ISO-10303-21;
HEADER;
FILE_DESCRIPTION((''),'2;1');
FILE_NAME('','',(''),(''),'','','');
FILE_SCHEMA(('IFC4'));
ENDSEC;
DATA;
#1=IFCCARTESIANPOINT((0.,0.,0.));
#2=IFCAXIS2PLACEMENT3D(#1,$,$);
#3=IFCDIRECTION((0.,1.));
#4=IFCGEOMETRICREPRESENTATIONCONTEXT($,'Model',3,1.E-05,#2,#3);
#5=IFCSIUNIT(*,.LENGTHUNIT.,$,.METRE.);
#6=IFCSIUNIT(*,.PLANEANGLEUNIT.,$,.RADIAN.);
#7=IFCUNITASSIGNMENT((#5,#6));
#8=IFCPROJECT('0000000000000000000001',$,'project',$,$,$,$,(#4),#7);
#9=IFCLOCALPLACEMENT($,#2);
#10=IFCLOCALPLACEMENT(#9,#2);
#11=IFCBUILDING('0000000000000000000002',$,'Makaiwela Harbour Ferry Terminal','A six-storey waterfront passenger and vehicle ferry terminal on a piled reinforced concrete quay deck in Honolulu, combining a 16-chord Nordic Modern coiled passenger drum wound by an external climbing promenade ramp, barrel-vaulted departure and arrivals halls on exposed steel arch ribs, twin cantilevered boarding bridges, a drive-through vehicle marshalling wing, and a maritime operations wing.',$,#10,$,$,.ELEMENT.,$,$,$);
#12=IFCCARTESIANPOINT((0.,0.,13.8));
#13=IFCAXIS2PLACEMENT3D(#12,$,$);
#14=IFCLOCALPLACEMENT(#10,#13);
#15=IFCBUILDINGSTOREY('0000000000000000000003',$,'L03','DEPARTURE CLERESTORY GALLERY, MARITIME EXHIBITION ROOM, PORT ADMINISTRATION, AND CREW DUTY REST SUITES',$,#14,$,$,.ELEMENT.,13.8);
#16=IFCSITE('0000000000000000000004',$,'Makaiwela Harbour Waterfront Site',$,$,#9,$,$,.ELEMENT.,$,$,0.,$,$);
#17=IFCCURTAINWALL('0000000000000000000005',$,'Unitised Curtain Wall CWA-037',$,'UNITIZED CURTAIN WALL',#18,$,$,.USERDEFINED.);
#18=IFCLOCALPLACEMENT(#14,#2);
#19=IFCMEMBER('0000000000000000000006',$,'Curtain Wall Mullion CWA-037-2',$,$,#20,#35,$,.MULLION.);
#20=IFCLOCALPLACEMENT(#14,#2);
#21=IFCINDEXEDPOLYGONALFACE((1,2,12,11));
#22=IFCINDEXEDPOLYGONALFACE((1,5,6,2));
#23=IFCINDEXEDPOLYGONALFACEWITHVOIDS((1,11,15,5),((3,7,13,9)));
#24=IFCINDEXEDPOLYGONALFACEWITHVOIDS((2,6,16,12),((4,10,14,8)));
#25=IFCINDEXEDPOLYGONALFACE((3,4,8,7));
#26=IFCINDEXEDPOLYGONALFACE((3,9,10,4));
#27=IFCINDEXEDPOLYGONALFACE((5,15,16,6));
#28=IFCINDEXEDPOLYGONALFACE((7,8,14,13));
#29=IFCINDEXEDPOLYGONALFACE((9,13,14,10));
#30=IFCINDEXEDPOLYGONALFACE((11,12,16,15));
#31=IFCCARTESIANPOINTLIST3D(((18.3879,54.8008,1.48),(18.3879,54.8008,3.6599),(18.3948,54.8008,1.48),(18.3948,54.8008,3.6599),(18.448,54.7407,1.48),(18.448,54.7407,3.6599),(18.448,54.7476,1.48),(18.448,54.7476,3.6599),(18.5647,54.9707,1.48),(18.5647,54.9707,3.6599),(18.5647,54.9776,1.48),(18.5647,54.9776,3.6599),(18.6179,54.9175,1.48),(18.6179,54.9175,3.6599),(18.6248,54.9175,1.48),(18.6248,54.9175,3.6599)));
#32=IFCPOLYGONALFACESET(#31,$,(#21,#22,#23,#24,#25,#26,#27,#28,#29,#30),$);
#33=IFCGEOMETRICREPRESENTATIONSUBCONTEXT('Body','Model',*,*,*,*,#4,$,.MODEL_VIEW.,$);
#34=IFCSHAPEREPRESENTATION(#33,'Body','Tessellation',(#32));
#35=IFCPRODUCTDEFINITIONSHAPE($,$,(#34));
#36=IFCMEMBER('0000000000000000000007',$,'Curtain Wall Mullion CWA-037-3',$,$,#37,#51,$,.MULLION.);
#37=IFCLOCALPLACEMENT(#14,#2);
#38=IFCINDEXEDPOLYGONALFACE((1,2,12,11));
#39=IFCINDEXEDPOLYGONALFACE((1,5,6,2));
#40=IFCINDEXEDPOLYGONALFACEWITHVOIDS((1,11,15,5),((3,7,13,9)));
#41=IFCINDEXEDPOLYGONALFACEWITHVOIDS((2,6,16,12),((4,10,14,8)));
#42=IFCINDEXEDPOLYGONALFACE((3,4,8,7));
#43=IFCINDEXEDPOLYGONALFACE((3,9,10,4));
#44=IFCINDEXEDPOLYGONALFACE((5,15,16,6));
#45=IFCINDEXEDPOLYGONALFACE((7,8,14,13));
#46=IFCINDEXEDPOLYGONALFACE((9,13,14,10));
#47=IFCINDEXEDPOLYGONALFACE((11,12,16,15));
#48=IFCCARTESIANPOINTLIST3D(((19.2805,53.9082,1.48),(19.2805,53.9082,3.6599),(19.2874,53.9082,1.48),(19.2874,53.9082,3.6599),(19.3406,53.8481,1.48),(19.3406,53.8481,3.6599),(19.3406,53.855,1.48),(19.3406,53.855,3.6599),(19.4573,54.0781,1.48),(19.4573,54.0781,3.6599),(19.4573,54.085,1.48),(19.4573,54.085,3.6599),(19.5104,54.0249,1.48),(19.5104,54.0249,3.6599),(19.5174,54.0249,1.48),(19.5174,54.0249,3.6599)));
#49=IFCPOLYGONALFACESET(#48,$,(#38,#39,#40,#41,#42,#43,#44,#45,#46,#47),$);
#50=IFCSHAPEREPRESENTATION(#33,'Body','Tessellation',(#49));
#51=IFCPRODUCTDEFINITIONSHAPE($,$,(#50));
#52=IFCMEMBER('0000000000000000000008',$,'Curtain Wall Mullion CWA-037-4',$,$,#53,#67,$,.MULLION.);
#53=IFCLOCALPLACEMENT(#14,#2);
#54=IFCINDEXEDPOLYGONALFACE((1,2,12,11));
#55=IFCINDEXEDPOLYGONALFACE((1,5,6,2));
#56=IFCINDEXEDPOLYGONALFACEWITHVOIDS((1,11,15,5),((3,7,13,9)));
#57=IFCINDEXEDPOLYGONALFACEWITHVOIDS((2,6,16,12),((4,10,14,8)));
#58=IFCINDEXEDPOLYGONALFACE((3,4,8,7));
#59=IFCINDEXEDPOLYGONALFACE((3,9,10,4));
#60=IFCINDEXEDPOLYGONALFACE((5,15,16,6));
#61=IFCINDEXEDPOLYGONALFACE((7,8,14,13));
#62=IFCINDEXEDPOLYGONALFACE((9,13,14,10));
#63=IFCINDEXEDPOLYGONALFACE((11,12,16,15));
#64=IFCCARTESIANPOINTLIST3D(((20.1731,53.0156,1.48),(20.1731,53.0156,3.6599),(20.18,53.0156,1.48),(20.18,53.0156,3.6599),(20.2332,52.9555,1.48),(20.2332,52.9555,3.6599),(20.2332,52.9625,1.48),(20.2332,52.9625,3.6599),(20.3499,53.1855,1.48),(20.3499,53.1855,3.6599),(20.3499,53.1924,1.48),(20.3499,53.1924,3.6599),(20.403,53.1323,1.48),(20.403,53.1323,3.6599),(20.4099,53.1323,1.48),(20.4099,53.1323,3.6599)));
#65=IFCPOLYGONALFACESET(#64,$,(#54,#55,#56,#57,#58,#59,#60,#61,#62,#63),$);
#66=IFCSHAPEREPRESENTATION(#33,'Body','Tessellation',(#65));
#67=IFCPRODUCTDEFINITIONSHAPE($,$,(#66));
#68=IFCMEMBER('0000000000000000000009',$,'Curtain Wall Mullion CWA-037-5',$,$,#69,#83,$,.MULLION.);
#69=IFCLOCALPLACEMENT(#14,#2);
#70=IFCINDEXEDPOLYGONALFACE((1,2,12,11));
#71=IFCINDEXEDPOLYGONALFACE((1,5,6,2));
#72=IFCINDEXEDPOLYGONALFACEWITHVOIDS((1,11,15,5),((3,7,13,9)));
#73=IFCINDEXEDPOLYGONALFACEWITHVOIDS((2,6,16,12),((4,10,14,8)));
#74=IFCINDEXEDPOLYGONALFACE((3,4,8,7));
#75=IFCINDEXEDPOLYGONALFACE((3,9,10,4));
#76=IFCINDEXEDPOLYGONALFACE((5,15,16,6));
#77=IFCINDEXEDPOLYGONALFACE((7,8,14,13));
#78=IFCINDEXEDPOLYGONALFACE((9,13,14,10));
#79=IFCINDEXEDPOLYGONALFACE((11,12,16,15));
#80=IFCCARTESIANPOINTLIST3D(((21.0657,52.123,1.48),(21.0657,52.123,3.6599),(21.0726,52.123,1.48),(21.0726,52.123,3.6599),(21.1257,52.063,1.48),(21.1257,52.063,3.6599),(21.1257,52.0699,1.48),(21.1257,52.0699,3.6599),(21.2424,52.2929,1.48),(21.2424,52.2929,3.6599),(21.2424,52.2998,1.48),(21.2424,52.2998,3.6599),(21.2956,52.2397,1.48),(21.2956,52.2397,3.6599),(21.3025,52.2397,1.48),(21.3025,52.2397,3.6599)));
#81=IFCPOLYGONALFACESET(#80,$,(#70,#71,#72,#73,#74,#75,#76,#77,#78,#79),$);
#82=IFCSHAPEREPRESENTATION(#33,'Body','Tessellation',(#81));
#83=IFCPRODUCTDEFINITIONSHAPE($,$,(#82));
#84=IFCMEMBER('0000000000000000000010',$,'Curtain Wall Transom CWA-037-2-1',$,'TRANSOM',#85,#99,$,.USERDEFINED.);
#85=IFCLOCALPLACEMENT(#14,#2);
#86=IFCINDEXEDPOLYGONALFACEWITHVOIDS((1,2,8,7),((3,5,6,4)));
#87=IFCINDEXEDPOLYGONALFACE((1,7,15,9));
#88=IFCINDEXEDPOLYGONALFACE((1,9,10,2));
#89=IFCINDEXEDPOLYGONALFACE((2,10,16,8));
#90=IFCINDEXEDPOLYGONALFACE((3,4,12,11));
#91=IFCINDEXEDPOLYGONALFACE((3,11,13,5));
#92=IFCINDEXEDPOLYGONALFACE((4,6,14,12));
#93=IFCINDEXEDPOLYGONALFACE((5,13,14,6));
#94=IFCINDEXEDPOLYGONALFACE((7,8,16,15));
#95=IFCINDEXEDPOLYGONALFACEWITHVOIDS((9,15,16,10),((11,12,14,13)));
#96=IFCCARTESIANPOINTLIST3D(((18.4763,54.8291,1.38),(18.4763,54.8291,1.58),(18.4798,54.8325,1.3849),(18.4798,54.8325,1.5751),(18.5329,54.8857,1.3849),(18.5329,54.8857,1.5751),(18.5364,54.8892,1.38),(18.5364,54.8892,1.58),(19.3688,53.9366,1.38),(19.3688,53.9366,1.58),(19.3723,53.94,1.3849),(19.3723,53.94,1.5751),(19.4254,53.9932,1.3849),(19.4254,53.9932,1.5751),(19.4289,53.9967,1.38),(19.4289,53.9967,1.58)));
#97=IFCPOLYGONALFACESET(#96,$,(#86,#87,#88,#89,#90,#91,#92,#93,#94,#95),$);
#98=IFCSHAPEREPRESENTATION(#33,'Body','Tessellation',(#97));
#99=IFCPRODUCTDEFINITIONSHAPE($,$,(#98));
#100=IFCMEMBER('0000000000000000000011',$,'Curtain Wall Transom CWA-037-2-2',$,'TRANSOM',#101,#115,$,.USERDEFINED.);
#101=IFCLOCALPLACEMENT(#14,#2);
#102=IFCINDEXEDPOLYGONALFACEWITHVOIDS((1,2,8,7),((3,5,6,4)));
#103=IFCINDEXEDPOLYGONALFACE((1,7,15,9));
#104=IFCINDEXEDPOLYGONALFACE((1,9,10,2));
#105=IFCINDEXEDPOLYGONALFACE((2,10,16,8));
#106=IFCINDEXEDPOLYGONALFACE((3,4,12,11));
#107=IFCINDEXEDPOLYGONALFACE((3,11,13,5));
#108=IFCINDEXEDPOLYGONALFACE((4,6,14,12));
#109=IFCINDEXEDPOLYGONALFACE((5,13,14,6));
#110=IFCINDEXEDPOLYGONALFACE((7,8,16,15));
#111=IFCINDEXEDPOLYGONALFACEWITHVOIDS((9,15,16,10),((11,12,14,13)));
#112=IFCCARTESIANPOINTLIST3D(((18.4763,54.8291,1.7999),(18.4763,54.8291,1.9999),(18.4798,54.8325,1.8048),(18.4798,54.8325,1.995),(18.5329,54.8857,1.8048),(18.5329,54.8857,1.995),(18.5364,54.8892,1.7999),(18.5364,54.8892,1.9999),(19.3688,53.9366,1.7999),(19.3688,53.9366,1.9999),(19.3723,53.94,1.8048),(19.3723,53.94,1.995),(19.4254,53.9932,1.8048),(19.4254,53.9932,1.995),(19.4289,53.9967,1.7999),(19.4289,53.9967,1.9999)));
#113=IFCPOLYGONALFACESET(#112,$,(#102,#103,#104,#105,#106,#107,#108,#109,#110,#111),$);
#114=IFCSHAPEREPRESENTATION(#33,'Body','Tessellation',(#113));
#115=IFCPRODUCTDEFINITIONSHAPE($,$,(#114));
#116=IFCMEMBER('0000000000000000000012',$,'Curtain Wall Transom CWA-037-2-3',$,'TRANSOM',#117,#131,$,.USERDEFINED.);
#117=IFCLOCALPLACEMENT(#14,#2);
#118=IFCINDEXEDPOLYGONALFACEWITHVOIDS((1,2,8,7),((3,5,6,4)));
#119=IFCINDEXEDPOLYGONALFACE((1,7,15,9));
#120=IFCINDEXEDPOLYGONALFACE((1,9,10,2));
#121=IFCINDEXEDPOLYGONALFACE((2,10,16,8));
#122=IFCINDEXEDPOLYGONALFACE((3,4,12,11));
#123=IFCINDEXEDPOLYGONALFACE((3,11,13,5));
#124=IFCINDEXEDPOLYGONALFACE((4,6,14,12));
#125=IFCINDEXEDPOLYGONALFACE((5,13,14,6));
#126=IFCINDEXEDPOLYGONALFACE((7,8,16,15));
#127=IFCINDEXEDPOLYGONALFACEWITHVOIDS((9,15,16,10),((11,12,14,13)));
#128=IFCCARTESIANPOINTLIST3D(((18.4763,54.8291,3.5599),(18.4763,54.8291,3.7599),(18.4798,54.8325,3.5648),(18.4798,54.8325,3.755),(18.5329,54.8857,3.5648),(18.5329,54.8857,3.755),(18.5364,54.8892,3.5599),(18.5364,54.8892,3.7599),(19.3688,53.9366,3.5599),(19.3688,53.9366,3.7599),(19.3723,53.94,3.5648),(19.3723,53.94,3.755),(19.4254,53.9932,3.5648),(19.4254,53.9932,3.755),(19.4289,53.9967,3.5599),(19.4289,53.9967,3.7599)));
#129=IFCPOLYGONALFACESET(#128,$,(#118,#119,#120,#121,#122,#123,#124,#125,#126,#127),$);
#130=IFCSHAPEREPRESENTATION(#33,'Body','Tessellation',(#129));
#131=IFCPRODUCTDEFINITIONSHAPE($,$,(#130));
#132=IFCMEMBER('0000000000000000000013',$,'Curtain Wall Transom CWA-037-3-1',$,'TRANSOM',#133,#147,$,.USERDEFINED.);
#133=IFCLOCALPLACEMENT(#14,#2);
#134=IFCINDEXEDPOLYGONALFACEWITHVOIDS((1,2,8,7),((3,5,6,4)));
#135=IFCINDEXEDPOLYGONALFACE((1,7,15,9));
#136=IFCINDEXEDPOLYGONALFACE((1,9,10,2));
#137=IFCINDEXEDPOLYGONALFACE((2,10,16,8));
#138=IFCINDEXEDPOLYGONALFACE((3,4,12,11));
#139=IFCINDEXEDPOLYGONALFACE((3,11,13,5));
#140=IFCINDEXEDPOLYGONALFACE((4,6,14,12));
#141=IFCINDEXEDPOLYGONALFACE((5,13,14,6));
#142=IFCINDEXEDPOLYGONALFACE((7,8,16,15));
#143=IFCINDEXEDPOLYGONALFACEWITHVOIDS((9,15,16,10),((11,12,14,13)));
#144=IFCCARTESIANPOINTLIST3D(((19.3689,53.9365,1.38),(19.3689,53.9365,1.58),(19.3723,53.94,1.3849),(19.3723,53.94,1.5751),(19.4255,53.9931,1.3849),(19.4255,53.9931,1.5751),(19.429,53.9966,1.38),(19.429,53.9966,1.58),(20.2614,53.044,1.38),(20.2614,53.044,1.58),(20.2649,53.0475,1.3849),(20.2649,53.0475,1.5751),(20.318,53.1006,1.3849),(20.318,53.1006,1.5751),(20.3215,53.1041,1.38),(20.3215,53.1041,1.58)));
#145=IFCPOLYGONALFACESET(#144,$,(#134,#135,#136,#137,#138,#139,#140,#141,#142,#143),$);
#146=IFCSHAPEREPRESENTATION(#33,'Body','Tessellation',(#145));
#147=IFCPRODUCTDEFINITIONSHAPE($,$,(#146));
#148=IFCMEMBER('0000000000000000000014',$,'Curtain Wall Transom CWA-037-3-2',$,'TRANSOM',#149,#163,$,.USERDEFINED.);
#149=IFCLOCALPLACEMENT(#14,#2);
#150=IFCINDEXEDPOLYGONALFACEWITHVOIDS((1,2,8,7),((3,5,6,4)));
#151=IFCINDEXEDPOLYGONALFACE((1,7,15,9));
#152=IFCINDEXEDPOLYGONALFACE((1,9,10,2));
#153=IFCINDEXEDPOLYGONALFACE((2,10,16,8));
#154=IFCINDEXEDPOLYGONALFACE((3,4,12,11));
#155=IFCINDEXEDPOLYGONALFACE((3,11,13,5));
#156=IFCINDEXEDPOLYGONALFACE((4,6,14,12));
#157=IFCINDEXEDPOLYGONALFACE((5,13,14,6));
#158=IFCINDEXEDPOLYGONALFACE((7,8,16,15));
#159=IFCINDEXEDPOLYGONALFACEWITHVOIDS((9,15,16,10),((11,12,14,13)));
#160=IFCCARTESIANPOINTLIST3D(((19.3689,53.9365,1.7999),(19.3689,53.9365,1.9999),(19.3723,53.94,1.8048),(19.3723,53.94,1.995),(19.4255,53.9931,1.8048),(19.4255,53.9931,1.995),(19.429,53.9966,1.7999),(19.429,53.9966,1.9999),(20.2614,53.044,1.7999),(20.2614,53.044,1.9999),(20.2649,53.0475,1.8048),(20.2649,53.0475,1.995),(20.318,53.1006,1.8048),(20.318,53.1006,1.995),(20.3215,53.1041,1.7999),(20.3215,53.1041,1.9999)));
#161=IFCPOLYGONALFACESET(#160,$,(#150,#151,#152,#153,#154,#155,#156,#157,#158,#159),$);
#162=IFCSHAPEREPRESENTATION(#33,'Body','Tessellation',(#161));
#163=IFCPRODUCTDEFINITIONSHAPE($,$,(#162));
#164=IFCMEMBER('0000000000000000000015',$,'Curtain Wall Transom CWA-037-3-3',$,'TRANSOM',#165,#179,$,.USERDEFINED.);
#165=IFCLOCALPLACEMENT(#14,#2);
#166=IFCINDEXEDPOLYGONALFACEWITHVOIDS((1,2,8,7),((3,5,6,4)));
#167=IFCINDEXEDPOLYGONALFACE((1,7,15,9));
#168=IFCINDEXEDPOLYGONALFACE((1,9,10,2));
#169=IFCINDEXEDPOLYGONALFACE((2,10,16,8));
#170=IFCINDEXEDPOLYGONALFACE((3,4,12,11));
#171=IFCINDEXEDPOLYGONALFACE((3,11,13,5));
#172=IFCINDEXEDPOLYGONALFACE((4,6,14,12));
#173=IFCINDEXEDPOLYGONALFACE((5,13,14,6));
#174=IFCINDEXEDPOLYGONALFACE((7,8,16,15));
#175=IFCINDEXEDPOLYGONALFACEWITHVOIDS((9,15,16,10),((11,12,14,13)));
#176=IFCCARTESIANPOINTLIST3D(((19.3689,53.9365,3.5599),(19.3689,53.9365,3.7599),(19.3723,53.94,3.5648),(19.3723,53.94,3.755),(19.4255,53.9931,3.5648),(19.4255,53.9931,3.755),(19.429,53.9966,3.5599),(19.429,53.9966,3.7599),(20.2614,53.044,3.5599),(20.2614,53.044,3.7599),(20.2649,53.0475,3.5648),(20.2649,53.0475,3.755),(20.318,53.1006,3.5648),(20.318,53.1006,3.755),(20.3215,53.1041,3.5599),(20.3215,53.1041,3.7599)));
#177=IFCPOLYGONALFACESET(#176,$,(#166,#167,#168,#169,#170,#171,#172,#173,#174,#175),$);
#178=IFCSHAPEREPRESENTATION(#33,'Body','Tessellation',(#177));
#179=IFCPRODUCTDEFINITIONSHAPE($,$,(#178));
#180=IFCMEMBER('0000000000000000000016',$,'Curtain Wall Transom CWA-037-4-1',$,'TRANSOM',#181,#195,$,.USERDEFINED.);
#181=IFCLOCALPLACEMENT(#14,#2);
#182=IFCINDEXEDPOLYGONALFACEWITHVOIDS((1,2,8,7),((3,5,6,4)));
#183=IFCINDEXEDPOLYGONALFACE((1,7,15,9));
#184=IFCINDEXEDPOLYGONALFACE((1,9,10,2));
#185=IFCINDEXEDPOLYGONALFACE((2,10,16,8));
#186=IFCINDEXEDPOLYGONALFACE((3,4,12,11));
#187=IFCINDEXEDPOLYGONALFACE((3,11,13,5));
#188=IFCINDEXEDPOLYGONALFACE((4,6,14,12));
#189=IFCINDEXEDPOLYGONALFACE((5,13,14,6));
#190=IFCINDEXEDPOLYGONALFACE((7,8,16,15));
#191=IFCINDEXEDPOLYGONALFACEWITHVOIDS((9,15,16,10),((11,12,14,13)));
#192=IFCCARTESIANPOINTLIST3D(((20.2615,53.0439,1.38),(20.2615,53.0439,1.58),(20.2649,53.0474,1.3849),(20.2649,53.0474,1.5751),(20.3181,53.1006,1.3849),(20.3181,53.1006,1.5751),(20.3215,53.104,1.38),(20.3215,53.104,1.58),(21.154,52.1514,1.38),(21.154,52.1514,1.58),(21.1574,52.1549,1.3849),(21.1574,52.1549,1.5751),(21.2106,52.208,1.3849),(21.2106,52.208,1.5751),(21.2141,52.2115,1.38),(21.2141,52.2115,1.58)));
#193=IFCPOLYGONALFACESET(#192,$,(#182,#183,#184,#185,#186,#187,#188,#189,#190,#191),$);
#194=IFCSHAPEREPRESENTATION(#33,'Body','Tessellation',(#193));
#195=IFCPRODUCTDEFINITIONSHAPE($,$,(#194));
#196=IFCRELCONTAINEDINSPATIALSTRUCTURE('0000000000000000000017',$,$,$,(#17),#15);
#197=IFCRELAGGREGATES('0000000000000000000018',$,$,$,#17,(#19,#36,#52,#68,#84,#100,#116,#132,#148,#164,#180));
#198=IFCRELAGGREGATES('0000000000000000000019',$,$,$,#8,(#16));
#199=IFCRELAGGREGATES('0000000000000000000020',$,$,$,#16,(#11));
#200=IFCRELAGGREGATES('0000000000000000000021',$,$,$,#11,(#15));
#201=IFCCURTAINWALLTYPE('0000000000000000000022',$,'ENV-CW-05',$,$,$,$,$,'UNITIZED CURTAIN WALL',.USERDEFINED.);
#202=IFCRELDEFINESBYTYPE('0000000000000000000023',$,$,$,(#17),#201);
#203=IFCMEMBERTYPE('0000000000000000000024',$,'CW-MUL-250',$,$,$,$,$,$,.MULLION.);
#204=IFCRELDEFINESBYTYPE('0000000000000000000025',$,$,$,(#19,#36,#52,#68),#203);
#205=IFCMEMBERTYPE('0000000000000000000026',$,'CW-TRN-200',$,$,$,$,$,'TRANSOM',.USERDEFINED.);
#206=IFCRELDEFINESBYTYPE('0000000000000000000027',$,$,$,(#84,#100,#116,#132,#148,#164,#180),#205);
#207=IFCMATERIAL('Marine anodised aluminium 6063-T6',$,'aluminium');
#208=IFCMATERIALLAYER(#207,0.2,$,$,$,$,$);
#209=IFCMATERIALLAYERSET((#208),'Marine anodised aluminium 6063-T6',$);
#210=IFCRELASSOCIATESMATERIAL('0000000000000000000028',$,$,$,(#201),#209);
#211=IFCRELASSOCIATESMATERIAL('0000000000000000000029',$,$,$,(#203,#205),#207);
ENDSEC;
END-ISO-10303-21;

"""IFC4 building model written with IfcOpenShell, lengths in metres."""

from ifc_helpers import new_model, si_unit, direction, frame, origin, origin_2d, place, context, subcontext, project, spatial, hollow_rectangle, extrude, material, layer, layer_set, material_profile, profile_set, type_object, element, aggregate, save


model = new_model("IFC4")

# Units and contexts
model_context = context("Model", 3, precision=1e-05, world=origin(), true_north=direction((0.0, 1.0)))
body_context = subcontext(model_context, "Body", "Model", "MODEL_VIEW")
ifc_project = project(units=[si_unit("LENGTHUNIT", "METRE"), si_unit("PLANEANGLEUNIT", "RADIAN")], contexts=[model_context])

# Site, building, storey
site_placement = place(None, origin())
site = spatial("IfcSite", under=ifc_project, at=site_placement, Name="Makaiwela Harbour Waterfront Site", CompositionType="ELEMENT", RefElevation=0.0)
building_placement = place(site_placement, origin())
building = spatial("IfcBuilding", under=site, at=building_placement, Name="Makaiwela Harbour Ferry Terminal", Description="A six-storey waterfront passenger and vehicle ferry terminal on a piled reinforced concrete quay deck in Honolulu, combining a 16-chord Nordic Modern coiled passenger drum wound by an external climbing promenade ramp, barrel-vaulted departure and arrivals halls on exposed steel arch ribs, twin cantilevered boarding bridges, a drive-through vehicle marshalling wing, and a maritime operations wing.", CompositionType="ELEMENT")
storey_placement = place(building_placement, frame((0.0, 0.0, 13.8)))
storey = spatial("IfcBuildingStorey", under=building, at=storey_placement, Name="L03", Description="DEPARTURE CLERESTORY GALLERY, MARITIME EXHIBITION ROOM, PORT ADMINISTRATION, AND CREW DUTY REST SUITES", CompositionType="ELEMENT", Elevation=13.8)

# Curtain wall, members
ifc_material_1 = material(Name="Marine anodised aluminium 6063-T6", Category="aluminium")
ifc_layer_1 = layer(ifc_material_1, 0.2)
ifc_layer_set_1 = layer_set([ifc_layer_1], Name="Marine anodised aluminium 6063-T6")
curtain_wall_type = type_object("IfcCurtainWallType", Name="ENV-CW-05", ElementType="UNITIZED CURTAIN WALL", PredefinedType="USERDEFINED", material=ifc_layer_set_1)
curtain_wall_placement = place(storey_placement, origin())
curtain_wall = element("IfcCurtainWall", 1, at=curtain_wall_placement, inside=storey, type_object=curtain_wall_type, Name="Unitised Curtain Wall CWA-037", ObjectType="UNITIZED CURTAIN WALL", PredefinedType="USERDEFINED")
ifc_material_profile_1 = material_profile(ifc_material_1, hollow_rectangle(XDim=0.085, YDim=0.25, WallThickness=0.0049, at=origin_2d()), Name="CWM-250X85")
ifc_profile_set_1 = profile_set([ifc_material_profile_1], Name="Marine anodised aluminium 6063-T6")
member_type_1 = type_object("IfcMemberType", Name="CW-MUL-250", PredefinedType="MULLION", material=ifc_profile_set_1)
member_1_placement = place(storey_placement, frame((18.5063, 54.8591, 1.48), z_axis=(0.0, 0.0, 1.0), x_axis=(-0.707107, 0.707107, 0.0)))
member_1 = element("IfcMember", 2, at=member_1_placement, type_object=member_type_1, Name="Curtain Wall Mullion CWA-037-2", PredefinedType="MULLION", context=body_context, shape_type="SweptSolid", body=[
    extrude(hollow_rectangle(XDim=0.085, YDim=0.25, WallThickness=0.0049, at=origin_2d()), origin(), (0.0, 0.0, 1.0), 2.1799),
])
member_2_placement = place(storey_placement, frame((19.3989, 53.9666, 1.48), z_axis=(0.0, 0.0, 1.0), x_axis=(-0.707107, 0.707107, 0.0)))
member_2 = element("IfcMember", 3, at=member_2_placement, type_object=member_type_1, Name="Curtain Wall Mullion CWA-037-3", PredefinedType="MULLION", context=body_context, shape_type="SweptSolid", body=[
    extrude(hollow_rectangle(XDim=0.085, YDim=0.25, WallThickness=0.0049, at=origin_2d()), origin(), (0.0, 0.0, 1.0), 2.1799),
])
member_3_placement = place(storey_placement, frame((20.2915, 53.074, 1.48), z_axis=(0.0, 0.0, 1.0), x_axis=(-0.707107, 0.707107, 0.0)))
member_3 = element("IfcMember", 4, at=member_3_placement, type_object=member_type_1, Name="Curtain Wall Mullion CWA-037-4", PredefinedType="MULLION", context=body_context, shape_type="SweptSolid", body=[
    extrude(hollow_rectangle(XDim=0.085, YDim=0.25, WallThickness=0.0049, at=origin_2d()), origin(), (0.0, 0.0, 1.0), 2.1799),
])
member_4_placement = place(storey_placement, frame((21.1841, 52.1814, 1.48), z_axis=(0.0, 0.0, 1.0), x_axis=(-0.707107, 0.707107, 0.0)))
member_4 = element("IfcMember", 5, at=member_4_placement, type_object=member_type_1, Name="Curtain Wall Mullion CWA-037-5", PredefinedType="MULLION", context=body_context, shape_type="SweptSolid", body=[
    extrude(hollow_rectangle(XDim=0.085, YDim=0.25, WallThickness=0.0049, at=origin_2d()), origin(), (0.0, 0.0, 1.0), 2.1799),
])
ifc_material_profile_2 = material_profile(ifc_material_1, hollow_rectangle(XDim=0.085, YDim=0.2, WallThickness=0.0049, at=origin_2d()), Name="CWT-200X85")
ifc_profile_set_2 = profile_set([ifc_material_profile_2], Name="Marine anodised aluminium 6063-T6")
member_type_2 = type_object("IfcMemberType", Name="CW-TRN-200", ElementType="TRANSOM", PredefinedType="USERDEFINED", material=ifc_profile_set_2)
member_5_placement = place(storey_placement, frame((18.5063, 54.8591, 1.48), z_axis=(0.707107, -0.707107, 0.0), x_axis=(0.707107, 0.707107, 0.0)))
member_5 = element("IfcMember", 6, at=member_5_placement, type_object=member_type_2, Name="Curtain Wall Transom CWA-037-2-1", ObjectType="TRANSOM", PredefinedType="USERDEFINED", context=body_context, shape_type="SweptSolid", body=[
    extrude(hollow_rectangle(XDim=0.085, YDim=0.2, WallThickness=0.0049, at=origin_2d()), origin(), (0.0, 0.0, 1.0), 1.2622),
])
member_6_placement = place(storey_placement, frame((18.5063, 54.8591, 1.8999), z_axis=(0.707107, -0.707107, 0.0), x_axis=(0.707107, 0.707107, 0.0)))
member_6 = element("IfcMember", 7, at=member_6_placement, type_object=member_type_2, Name="Curtain Wall Transom CWA-037-2-2", ObjectType="TRANSOM", PredefinedType="USERDEFINED", context=body_context, shape_type="SweptSolid", body=[
    extrude(hollow_rectangle(XDim=0.085, YDim=0.2, WallThickness=0.0049, at=origin_2d()), origin(), (0.0, 0.0, 1.0), 1.2622),
])
member_7_placement = place(storey_placement, frame((18.5063, 54.8591, 3.6599), z_axis=(0.707107, -0.707107, 0.0), x_axis=(0.707107, 0.707107, 0.0)))
member_7 = element("IfcMember", 8, at=member_7_placement, type_object=member_type_2, Name="Curtain Wall Transom CWA-037-2-3", ObjectType="TRANSOM", PredefinedType="USERDEFINED", context=body_context, shape_type="SweptSolid", body=[
    extrude(hollow_rectangle(XDim=0.085, YDim=0.2, WallThickness=0.0049, at=origin_2d()), origin(), (0.0, 0.0, 1.0), 1.2622),
])
member_8_placement = place(storey_placement, frame((19.3989, 53.9666, 1.48), z_axis=(0.707107, -0.707107, 0.0), x_axis=(0.707107, 0.707107, 0.0)))
member_8 = element("IfcMember", 9, at=member_8_placement, type_object=member_type_2, Name="Curtain Wall Transom CWA-037-3-1", ObjectType="TRANSOM", PredefinedType="USERDEFINED", context=body_context, shape_type="SweptSolid", body=[
    extrude(hollow_rectangle(XDim=0.085, YDim=0.2, WallThickness=0.0049, at=origin_2d()), origin(), (0.0, 0.0, 1.0), 1.2622),
])
member_9_placement = place(storey_placement, frame((19.3989, 53.9666, 1.8999), z_axis=(0.707107, -0.707107, 0.0), x_axis=(0.707107, 0.707107, 0.0)))
member_9 = element("IfcMember", 10, at=member_9_placement, type_object=member_type_2, Name="Curtain Wall Transom CWA-037-3-2", ObjectType="TRANSOM", PredefinedType="USERDEFINED", context=body_context, shape_type="SweptSolid", body=[
    extrude(hollow_rectangle(XDim=0.085, YDim=0.2, WallThickness=0.0049, at=origin_2d()), origin(), (0.0, 0.0, 1.0), 1.2622),
])
member_10_placement = place(storey_placement, frame((19.3989, 53.9666, 3.6599), z_axis=(0.707107, -0.707107, 0.0), x_axis=(0.707107, 0.707107, 0.0)))
member_10 = element("IfcMember", 11, at=member_10_placement, type_object=member_type_2, Name="Curtain Wall Transom CWA-037-3-3", ObjectType="TRANSOM", PredefinedType="USERDEFINED", context=body_context, shape_type="SweptSolid", body=[
    extrude(hollow_rectangle(XDim=0.085, YDim=0.2, WallThickness=0.0049, at=origin_2d()), origin(), (0.0, 0.0, 1.0), 1.2622),
])
member_11_placement = place(storey_placement, frame((20.2915, 53.074, 1.48), z_axis=(0.707107, -0.707107, 0.0), x_axis=(0.707107, 0.707107, 0.0)))
member_11 = element("IfcMember", 12, at=member_11_placement, type_object=member_type_2, Name="Curtain Wall Transom CWA-037-4-1", ObjectType="TRANSOM", PredefinedType="USERDEFINED", context=body_context, shape_type="SweptSolid", body=[
    extrude(hollow_rectangle(XDim=0.085, YDim=0.2, WallThickness=0.0049, at=origin_2d()), origin(), (0.0, 0.0, 1.0), 1.2622),
])
aggregate(curtain_wall, [member_1, member_2, member_3, member_4, member_5, member_6, member_7, member_8, member_9, member_10, member_11])

save(model, "model.ifc")
